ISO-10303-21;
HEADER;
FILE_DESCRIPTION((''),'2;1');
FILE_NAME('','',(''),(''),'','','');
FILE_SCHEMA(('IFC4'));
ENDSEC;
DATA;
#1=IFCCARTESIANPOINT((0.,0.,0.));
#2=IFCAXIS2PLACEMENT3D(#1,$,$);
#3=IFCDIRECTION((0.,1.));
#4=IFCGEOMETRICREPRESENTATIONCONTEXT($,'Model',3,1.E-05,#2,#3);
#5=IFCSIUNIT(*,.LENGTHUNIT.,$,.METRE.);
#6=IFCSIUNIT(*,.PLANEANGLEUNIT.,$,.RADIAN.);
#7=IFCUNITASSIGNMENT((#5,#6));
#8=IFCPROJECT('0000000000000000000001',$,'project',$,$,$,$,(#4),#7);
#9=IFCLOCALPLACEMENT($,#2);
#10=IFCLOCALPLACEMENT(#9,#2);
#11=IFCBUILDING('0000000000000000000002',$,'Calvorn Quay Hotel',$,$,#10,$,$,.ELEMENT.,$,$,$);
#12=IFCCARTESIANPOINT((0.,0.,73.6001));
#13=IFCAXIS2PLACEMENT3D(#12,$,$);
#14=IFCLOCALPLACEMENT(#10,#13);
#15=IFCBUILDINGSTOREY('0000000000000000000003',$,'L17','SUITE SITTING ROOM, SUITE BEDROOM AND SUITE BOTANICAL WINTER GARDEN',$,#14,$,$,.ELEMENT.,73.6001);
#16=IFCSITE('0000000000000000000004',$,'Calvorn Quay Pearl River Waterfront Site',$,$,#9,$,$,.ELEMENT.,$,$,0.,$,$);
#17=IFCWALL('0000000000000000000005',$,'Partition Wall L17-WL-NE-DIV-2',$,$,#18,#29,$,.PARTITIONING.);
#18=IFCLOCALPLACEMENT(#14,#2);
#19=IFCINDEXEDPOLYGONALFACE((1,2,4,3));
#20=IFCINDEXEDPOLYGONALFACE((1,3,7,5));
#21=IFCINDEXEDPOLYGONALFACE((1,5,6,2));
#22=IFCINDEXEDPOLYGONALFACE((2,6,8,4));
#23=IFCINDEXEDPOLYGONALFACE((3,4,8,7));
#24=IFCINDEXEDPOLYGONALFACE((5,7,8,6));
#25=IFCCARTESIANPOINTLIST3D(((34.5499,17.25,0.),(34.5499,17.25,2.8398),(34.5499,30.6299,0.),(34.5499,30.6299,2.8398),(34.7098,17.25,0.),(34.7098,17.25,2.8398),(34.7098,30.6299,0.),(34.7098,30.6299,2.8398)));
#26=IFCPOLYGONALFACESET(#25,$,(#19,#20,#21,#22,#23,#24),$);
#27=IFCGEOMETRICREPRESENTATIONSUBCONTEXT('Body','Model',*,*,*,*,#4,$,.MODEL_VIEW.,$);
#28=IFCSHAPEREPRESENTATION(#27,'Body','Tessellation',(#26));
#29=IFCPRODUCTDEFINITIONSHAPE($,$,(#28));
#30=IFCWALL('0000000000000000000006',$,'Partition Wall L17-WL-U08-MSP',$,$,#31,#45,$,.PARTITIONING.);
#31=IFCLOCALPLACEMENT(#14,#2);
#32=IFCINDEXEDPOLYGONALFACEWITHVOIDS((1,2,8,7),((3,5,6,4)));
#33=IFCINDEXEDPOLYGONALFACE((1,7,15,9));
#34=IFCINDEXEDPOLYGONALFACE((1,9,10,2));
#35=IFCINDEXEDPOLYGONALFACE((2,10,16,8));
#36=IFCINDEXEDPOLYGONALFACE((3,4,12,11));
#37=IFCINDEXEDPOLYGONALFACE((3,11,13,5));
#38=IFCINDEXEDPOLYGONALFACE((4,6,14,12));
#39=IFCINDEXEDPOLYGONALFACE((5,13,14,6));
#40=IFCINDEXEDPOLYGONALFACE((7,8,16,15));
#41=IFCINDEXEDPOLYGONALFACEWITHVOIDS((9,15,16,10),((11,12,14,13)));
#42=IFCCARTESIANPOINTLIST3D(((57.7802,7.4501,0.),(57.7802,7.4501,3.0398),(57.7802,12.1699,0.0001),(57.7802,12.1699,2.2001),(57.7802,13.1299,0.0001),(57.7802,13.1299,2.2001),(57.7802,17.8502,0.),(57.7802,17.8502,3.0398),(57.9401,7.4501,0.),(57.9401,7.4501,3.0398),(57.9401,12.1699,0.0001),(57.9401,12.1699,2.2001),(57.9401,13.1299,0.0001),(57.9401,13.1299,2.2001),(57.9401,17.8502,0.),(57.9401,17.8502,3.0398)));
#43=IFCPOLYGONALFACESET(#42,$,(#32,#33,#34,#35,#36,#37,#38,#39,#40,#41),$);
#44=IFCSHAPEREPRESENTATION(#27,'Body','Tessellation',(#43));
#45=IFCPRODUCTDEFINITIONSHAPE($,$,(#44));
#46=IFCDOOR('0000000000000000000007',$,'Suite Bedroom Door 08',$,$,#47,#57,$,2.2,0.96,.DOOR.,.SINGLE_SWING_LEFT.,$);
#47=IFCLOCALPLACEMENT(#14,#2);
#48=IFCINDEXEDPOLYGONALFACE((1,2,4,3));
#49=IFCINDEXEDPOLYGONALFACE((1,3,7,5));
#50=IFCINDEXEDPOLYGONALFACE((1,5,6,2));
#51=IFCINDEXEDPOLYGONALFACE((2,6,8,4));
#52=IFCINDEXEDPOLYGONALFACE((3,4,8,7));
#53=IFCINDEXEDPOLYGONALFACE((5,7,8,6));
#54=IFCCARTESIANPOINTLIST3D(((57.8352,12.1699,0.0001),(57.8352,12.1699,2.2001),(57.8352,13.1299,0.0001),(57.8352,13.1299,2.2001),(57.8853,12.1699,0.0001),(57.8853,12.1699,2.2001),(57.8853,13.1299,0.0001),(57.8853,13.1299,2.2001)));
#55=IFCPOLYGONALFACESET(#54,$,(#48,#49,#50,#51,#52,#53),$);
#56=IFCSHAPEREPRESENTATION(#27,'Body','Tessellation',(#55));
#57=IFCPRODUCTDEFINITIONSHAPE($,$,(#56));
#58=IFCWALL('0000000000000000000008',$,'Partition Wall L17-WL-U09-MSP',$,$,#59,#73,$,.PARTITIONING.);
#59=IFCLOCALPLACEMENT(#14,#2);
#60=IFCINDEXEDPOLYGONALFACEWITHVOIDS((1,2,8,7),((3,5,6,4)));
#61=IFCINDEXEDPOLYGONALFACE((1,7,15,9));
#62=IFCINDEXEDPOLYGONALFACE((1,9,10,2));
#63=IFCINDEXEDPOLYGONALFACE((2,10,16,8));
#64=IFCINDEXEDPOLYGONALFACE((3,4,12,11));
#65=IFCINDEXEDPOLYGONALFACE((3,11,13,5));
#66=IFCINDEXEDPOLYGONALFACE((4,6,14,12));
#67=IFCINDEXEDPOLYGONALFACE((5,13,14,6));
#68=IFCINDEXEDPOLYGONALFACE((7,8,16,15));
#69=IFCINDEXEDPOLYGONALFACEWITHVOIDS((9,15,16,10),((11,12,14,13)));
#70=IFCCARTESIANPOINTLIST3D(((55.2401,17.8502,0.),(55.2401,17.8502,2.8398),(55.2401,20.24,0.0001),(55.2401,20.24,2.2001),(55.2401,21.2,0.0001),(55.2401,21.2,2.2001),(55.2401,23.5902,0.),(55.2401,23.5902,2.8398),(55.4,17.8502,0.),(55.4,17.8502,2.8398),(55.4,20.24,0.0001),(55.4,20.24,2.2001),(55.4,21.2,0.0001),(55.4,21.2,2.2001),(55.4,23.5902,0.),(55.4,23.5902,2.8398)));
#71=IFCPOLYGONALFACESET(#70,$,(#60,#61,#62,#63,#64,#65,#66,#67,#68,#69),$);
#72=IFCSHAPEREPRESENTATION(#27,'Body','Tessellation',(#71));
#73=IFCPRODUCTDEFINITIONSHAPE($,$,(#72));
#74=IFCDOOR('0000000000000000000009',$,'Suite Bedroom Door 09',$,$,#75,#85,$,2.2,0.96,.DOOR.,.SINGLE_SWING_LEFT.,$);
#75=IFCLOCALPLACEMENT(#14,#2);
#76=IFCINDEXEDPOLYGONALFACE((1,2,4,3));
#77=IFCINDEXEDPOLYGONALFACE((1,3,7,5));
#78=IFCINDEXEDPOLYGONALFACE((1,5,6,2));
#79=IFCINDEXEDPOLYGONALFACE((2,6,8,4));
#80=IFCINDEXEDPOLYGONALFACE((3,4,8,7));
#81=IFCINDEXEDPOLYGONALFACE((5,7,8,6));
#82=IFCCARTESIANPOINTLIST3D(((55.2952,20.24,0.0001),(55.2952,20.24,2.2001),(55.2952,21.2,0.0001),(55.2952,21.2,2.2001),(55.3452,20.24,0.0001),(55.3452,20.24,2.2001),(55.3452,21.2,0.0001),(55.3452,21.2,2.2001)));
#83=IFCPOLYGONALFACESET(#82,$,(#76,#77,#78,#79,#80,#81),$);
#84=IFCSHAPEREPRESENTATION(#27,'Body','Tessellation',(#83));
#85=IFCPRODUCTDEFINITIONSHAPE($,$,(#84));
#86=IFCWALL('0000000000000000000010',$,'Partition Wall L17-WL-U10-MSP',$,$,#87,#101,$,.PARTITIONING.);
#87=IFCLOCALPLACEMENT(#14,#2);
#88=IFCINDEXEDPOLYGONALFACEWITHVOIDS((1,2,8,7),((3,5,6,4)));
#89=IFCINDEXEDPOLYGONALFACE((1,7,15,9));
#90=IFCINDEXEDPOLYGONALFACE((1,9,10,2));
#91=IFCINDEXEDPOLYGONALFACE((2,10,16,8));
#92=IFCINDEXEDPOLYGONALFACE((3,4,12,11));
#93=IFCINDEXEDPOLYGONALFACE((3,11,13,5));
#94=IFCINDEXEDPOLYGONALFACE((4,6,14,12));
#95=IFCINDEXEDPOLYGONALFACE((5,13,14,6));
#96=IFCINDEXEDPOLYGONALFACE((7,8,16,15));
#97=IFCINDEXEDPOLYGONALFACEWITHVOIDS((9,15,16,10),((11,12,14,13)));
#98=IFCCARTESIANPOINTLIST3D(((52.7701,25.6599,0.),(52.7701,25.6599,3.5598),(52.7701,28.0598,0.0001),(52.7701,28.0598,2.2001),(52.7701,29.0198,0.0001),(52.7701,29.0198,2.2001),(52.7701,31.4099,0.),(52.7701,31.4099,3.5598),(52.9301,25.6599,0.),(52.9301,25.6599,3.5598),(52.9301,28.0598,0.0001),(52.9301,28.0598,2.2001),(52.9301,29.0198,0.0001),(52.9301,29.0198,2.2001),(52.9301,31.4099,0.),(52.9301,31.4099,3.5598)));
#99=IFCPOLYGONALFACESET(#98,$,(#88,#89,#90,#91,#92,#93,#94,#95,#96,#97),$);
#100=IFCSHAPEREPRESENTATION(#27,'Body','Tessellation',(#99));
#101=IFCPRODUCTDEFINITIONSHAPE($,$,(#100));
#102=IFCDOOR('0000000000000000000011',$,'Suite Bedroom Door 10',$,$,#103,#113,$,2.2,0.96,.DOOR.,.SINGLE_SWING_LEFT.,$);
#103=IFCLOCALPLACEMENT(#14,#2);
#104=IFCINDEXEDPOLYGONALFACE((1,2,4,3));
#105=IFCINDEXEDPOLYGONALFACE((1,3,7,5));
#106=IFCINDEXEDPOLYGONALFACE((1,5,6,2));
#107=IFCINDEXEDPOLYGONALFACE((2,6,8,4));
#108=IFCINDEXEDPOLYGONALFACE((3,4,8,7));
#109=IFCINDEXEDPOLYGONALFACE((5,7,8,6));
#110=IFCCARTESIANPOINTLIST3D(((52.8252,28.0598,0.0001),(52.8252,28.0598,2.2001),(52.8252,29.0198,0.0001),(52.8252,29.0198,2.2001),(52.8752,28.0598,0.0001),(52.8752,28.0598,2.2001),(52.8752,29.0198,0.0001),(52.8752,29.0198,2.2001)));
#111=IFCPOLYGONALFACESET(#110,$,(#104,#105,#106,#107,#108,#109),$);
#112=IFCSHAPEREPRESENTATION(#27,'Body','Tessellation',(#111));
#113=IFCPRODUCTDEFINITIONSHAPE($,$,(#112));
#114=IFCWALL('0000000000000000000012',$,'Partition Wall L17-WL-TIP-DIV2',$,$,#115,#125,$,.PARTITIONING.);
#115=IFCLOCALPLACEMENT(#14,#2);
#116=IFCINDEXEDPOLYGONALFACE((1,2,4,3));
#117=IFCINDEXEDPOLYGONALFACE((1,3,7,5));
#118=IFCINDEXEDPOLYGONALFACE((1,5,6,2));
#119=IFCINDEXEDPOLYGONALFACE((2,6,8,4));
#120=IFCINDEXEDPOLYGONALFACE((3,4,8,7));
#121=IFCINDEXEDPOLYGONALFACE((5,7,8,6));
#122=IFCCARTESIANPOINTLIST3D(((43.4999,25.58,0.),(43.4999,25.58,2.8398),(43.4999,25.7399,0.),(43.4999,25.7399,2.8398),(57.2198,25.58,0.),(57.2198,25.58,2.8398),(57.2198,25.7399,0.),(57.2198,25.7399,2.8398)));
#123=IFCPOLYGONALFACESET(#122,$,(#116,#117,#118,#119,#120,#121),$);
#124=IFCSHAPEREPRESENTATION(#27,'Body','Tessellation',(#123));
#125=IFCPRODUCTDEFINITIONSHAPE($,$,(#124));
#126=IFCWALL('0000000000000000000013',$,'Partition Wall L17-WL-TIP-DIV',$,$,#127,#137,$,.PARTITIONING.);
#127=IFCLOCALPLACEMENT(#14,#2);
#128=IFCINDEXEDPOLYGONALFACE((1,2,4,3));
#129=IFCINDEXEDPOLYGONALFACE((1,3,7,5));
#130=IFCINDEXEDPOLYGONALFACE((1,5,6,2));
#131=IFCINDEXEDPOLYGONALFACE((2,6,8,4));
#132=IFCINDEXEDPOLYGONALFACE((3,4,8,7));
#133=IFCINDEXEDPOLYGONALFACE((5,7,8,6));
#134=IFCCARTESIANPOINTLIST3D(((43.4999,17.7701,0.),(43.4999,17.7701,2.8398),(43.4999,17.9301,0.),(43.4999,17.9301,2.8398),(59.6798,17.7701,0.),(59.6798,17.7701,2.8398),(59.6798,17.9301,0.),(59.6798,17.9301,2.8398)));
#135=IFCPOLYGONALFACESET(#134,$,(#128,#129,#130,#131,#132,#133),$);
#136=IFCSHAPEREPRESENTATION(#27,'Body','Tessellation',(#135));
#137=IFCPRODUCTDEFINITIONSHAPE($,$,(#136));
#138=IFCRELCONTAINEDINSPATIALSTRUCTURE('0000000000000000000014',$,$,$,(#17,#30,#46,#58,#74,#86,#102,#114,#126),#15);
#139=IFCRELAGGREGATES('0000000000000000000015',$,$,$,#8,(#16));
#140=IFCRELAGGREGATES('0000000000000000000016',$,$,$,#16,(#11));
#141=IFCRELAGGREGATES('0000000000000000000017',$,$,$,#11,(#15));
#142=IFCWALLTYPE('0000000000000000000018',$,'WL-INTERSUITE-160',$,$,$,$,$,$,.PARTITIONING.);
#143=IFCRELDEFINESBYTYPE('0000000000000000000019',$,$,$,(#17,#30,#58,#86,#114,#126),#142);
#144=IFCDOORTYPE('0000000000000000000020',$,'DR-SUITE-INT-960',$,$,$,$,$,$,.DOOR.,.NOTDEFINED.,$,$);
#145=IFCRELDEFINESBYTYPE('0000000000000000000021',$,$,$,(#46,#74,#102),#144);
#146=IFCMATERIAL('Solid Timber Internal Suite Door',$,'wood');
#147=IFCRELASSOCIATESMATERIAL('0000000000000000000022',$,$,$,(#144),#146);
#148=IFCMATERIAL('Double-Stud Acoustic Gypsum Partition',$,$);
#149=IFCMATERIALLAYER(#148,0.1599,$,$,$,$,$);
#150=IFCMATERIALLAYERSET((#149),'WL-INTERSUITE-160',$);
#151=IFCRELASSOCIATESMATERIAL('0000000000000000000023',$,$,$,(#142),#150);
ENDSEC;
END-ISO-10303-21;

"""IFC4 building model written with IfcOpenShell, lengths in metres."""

from ifc_helpers import new_model, si_unit, direction, frame, frame_2d, origin, place, context, subcontext, project, spatial, rectangle, extrude, material, layer, layer_set, type_object, element, fill, save


model = new_model("IFC4")

# Units and contexts
model_context = context("Model", 3, precision=1e-05, world=origin(), true_north=direction((0.0, 1.0)))
body_context = subcontext(model_context, "Body", "Model", "MODEL_VIEW")
ifc_project = project(units=[si_unit("LENGTHUNIT", "METRE"), si_unit("PLANEANGLEUNIT", "RADIAN")], contexts=[model_context])

# Site, building, storey
site_placement = place(None, origin())
site = spatial("IfcSite", under=ifc_project, at=site_placement, Name="Calvorn Quay Pearl River Waterfront Site", CompositionType="ELEMENT", RefElevation=0.0)
building_placement = place(site_placement, origin())
building = spatial("IfcBuilding", under=site, at=building_placement, Name="Calvorn Quay Hotel", CompositionType="ELEMENT")
storey_placement = place(building_placement, frame((0.0, 0.0, 73.6001)))
storey = spatial("IfcBuildingStorey", under=building, at=storey_placement, Name="L17", Description="SUITE SITTING ROOM, SUITE BEDROOM AND SUITE BOTANICAL WINTER GARDEN", CompositionType="ELEMENT", Elevation=73.6001)

# Shared definitions
ifc_material_1 = material(Name="Solid Timber Internal Suite Door", Category="wood")
door_type_1 = type_object("IfcDoorType", Name="DR-SUITE-INT-960", OperationType="NOTDEFINED", PredefinedType="DOOR", material=ifc_material_1)

# Shared definitions
ifc_material_2 = material(Name="Double-Stud Acoustic Gypsum Partition")
ifc_layer_1 = layer(ifc_material_2, 0.1599)
ifc_layer_set_1 = layer_set([ifc_layer_1], Name="WL-INTERSUITE-160")
wall_type_1 = type_object("IfcWallType", Name="WL-INTERSUITE-160", PredefinedType="PARTITIONING", material=ifc_layer_set_1)

# Wall
wall_1_placement = place(storey_placement, frame((34.6299, 17.25, 0.0), z_axis=(0.0, 0.0, 1.0), x_axis=(0.0, 1.0, 0.0)))
element("IfcWall", 1, at=wall_1_placement, inside=storey, type_object=wall_type_1, Name="Partition Wall L17-WL-NE-DIV-2", PredefinedType="PARTITIONING", context=body_context, shape_type="SweptSolid", body=[
    extrude(rectangle(XDim=13.3799, YDim=0.1599, at=frame_2d((6.6899, 0.0))), origin(), (0.0, 0.0, 1.0), 2.8398),
])

# Walls, openings, doors
wall_2_placement = place(storey_placement, frame((57.8601, 7.45, 0.0), z_axis=(0.0, 0.0, 1.0), x_axis=(0.0, 1.0, 0.0)))
wall_2 = element("IfcWall", 2, at=wall_2_placement, inside=storey, type_object=wall_type_1, Name="Partition Wall L17-WL-U08-MSP", PredefinedType="PARTITIONING", context=body_context, shape_type="SweptSolid", body=[
    extrude(rectangle(XDim=10.4001, YDim=0.1599, at=frame_2d((5.2002, 0.0))), origin(), (0.0, 0.0, 1.0), 3.0398),
])
opening_1_placement = place(wall_2_placement, frame((4.72, 0.0, 0.0)))
opening_1 = element("IfcOpeningElement", 3, at=opening_1_placement, cuts=wall_2, PredefinedType="OPENING", context=body_context, shape_type="SweptSolid", body=[
    extrude(rectangle(XDim=0.96, YDim=2.2, at=frame_2d((0.48, 1.1001))), frame((0.0, 0.0898, 0.0), z_axis=(0.0, -1.0, 0.0), x_axis=(1.0, 0.0, 0.0)), (0.0, 0.0, 1.0), 0.1799),
])
door_1_placement = place(opening_1_placement, origin())
door_1 = element("IfcDoor", 4, at=door_1_placement, inside=storey, type_object=door_type_1, Name="Suite Bedroom Door 08", OperationType="SINGLE_SWING_LEFT", OverallHeight=2.2, OverallWidth=0.96, PredefinedType="DOOR", context=body_context, shape_type="SweptSolid", body=[
    extrude(rectangle(XDim=0.96, YDim=2.2, at=frame_2d((0.48, 1.1001))), frame((0.0, 0.0249, 0.0), z_axis=(0.0, -1.0, 0.0), x_axis=(1.0, 0.0, 0.0)), (0.0, 0.0, 1.0), 0.05),
])
fill(opening_1, door_1)
wall_3_placement = place(storey_placement, frame((55.3201, 17.8501, 0.0), z_axis=(0.0, 0.0, 1.0), x_axis=(0.0, 1.0, 0.0)))
wall_3 = element("IfcWall", 5, at=wall_3_placement, inside=storey, type_object=wall_type_1, Name="Partition Wall L17-WL-U09-MSP", PredefinedType="PARTITIONING", context=body_context, shape_type="SweptSolid", body=[
    extrude(rectangle(XDim=5.74, YDim=0.1599, at=frame_2d((2.8701, 0.0))), origin(), (0.0, 0.0, 1.0), 2.8398),
])
opening_2_placement = place(wall_3_placement, frame((2.3899, 0.0, 0.0)))
opening_2 = element("IfcOpeningElement", 6, at=opening_2_placement, cuts=wall_3, PredefinedType="OPENING", context=body_context, shape_type="SweptSolid", body=[
    extrude(rectangle(XDim=0.96, YDim=2.2, at=frame_2d((0.48, 1.1001))), frame((0.0, 0.0898, 0.0), z_axis=(0.0, -1.0, 0.0), x_axis=(1.0, 0.0, 0.0)), (0.0, 0.0, 1.0), 0.1799),
])
door_2_placement = place(opening_2_placement, origin())
door_2 = element("IfcDoor", 7, at=door_2_placement, inside=storey, type_object=door_type_1, Name="Suite Bedroom Door 09", OperationType="SINGLE_SWING_LEFT", OverallHeight=2.2, OverallWidth=0.96, PredefinedType="DOOR", context=body_context, shape_type="SweptSolid", body=[
    extrude(rectangle(XDim=0.96, YDim=2.2, at=frame_2d((0.48, 1.1001))), frame((0.0, 0.0249, 0.0), z_axis=(0.0, -1.0, 0.0), x_axis=(1.0, 0.0, 0.0)), (0.0, 0.0, 1.0), 0.05),
])
fill(opening_2, door_2)
wall_4_placement = place(storey_placement, frame((52.8501, 25.6599, 0.0), z_axis=(0.0, 0.0, 1.0), x_axis=(0.0, 1.0, 0.0)))
wall_4 = element("IfcWall", 8, at=wall_4_placement, inside=storey, type_object=wall_type_1, Name="Partition Wall L17-WL-U10-MSP", PredefinedType="PARTITIONING", context=body_context, shape_type="SweptSolid", body=[
    extrude(rectangle(XDim=5.75, YDim=0.1599, at=frame_2d((2.875, 0.0))), origin(), (0.0, 0.0, 1.0), 3.5598),
])
opening_3_placement = place(wall_4_placement, frame((2.3999, 0.0, 0.0)))
opening_3 = element("IfcOpeningElement", 9, at=opening_3_placement, cuts=wall_4, PredefinedType="OPENING", context=body_context, shape_type="SweptSolid", body=[
    extrude(rectangle(XDim=0.96, YDim=2.2, at=frame_2d((0.48, 1.1001))), frame((0.0, 0.0898, 0.0), z_axis=(0.0, -1.0, 0.0), x_axis=(1.0, 0.0, 0.0)), (0.0, 0.0, 1.0), 0.1799),
])
door_3_placement = place(opening_3_placement, origin())
door_3 = element("IfcDoor", 10, at=door_3_placement, inside=storey, type_object=door_type_1, Name="Suite Bedroom Door 10", OperationType="SINGLE_SWING_LEFT", OverallHeight=2.2, OverallWidth=0.96, PredefinedType="DOOR", context=body_context, shape_type="SweptSolid", body=[
    extrude(rectangle(XDim=0.96, YDim=2.2, at=frame_2d((0.48, 1.1001))), frame((0.0, 0.0249, 0.0), z_axis=(0.0, -1.0, 0.0), x_axis=(1.0, 0.0, 0.0)), (0.0, 0.0, 1.0), 0.05),
])
fill(opening_3, door_3)

# Walls
wall_5_placement = place(storey_placement, frame((43.5, 25.6599, 0.0), z_axis=(0.0, 0.0, 1.0), x_axis=(1.0, 0.0, 0.0)))
element("IfcWall", 11, at=wall_5_placement, inside=storey, type_object=wall_type_1, Name="Partition Wall L17-WL-TIP-DIV2", PredefinedType="PARTITIONING", context=body_context, shape_type="SweptSolid", body=[
    extrude(rectangle(XDim=13.72, YDim=0.1599, at=frame_2d((6.8599, 0.0))), origin(), (0.0, 0.0, 1.0), 2.8398),
])
wall_6_placement = place(storey_placement, frame((43.5, 17.8501, 0.0), z_axis=(0.0, 0.0, 1.0), x_axis=(1.0, 0.0, 0.0)))
element("IfcWall", 12, at=wall_6_placement, inside=storey, type_object=wall_type_1, Name="Partition Wall L17-WL-TIP-DIV", PredefinedType="PARTITIONING", context=body_context, shape_type="SweptSolid", body=[
    extrude(rectangle(XDim=16.1799, YDim=0.1599, at=frame_2d((8.0898, 0.0))), origin(), (0.0, 0.0, 1.0), 2.8398),
])

save(model, "model.ifc")
